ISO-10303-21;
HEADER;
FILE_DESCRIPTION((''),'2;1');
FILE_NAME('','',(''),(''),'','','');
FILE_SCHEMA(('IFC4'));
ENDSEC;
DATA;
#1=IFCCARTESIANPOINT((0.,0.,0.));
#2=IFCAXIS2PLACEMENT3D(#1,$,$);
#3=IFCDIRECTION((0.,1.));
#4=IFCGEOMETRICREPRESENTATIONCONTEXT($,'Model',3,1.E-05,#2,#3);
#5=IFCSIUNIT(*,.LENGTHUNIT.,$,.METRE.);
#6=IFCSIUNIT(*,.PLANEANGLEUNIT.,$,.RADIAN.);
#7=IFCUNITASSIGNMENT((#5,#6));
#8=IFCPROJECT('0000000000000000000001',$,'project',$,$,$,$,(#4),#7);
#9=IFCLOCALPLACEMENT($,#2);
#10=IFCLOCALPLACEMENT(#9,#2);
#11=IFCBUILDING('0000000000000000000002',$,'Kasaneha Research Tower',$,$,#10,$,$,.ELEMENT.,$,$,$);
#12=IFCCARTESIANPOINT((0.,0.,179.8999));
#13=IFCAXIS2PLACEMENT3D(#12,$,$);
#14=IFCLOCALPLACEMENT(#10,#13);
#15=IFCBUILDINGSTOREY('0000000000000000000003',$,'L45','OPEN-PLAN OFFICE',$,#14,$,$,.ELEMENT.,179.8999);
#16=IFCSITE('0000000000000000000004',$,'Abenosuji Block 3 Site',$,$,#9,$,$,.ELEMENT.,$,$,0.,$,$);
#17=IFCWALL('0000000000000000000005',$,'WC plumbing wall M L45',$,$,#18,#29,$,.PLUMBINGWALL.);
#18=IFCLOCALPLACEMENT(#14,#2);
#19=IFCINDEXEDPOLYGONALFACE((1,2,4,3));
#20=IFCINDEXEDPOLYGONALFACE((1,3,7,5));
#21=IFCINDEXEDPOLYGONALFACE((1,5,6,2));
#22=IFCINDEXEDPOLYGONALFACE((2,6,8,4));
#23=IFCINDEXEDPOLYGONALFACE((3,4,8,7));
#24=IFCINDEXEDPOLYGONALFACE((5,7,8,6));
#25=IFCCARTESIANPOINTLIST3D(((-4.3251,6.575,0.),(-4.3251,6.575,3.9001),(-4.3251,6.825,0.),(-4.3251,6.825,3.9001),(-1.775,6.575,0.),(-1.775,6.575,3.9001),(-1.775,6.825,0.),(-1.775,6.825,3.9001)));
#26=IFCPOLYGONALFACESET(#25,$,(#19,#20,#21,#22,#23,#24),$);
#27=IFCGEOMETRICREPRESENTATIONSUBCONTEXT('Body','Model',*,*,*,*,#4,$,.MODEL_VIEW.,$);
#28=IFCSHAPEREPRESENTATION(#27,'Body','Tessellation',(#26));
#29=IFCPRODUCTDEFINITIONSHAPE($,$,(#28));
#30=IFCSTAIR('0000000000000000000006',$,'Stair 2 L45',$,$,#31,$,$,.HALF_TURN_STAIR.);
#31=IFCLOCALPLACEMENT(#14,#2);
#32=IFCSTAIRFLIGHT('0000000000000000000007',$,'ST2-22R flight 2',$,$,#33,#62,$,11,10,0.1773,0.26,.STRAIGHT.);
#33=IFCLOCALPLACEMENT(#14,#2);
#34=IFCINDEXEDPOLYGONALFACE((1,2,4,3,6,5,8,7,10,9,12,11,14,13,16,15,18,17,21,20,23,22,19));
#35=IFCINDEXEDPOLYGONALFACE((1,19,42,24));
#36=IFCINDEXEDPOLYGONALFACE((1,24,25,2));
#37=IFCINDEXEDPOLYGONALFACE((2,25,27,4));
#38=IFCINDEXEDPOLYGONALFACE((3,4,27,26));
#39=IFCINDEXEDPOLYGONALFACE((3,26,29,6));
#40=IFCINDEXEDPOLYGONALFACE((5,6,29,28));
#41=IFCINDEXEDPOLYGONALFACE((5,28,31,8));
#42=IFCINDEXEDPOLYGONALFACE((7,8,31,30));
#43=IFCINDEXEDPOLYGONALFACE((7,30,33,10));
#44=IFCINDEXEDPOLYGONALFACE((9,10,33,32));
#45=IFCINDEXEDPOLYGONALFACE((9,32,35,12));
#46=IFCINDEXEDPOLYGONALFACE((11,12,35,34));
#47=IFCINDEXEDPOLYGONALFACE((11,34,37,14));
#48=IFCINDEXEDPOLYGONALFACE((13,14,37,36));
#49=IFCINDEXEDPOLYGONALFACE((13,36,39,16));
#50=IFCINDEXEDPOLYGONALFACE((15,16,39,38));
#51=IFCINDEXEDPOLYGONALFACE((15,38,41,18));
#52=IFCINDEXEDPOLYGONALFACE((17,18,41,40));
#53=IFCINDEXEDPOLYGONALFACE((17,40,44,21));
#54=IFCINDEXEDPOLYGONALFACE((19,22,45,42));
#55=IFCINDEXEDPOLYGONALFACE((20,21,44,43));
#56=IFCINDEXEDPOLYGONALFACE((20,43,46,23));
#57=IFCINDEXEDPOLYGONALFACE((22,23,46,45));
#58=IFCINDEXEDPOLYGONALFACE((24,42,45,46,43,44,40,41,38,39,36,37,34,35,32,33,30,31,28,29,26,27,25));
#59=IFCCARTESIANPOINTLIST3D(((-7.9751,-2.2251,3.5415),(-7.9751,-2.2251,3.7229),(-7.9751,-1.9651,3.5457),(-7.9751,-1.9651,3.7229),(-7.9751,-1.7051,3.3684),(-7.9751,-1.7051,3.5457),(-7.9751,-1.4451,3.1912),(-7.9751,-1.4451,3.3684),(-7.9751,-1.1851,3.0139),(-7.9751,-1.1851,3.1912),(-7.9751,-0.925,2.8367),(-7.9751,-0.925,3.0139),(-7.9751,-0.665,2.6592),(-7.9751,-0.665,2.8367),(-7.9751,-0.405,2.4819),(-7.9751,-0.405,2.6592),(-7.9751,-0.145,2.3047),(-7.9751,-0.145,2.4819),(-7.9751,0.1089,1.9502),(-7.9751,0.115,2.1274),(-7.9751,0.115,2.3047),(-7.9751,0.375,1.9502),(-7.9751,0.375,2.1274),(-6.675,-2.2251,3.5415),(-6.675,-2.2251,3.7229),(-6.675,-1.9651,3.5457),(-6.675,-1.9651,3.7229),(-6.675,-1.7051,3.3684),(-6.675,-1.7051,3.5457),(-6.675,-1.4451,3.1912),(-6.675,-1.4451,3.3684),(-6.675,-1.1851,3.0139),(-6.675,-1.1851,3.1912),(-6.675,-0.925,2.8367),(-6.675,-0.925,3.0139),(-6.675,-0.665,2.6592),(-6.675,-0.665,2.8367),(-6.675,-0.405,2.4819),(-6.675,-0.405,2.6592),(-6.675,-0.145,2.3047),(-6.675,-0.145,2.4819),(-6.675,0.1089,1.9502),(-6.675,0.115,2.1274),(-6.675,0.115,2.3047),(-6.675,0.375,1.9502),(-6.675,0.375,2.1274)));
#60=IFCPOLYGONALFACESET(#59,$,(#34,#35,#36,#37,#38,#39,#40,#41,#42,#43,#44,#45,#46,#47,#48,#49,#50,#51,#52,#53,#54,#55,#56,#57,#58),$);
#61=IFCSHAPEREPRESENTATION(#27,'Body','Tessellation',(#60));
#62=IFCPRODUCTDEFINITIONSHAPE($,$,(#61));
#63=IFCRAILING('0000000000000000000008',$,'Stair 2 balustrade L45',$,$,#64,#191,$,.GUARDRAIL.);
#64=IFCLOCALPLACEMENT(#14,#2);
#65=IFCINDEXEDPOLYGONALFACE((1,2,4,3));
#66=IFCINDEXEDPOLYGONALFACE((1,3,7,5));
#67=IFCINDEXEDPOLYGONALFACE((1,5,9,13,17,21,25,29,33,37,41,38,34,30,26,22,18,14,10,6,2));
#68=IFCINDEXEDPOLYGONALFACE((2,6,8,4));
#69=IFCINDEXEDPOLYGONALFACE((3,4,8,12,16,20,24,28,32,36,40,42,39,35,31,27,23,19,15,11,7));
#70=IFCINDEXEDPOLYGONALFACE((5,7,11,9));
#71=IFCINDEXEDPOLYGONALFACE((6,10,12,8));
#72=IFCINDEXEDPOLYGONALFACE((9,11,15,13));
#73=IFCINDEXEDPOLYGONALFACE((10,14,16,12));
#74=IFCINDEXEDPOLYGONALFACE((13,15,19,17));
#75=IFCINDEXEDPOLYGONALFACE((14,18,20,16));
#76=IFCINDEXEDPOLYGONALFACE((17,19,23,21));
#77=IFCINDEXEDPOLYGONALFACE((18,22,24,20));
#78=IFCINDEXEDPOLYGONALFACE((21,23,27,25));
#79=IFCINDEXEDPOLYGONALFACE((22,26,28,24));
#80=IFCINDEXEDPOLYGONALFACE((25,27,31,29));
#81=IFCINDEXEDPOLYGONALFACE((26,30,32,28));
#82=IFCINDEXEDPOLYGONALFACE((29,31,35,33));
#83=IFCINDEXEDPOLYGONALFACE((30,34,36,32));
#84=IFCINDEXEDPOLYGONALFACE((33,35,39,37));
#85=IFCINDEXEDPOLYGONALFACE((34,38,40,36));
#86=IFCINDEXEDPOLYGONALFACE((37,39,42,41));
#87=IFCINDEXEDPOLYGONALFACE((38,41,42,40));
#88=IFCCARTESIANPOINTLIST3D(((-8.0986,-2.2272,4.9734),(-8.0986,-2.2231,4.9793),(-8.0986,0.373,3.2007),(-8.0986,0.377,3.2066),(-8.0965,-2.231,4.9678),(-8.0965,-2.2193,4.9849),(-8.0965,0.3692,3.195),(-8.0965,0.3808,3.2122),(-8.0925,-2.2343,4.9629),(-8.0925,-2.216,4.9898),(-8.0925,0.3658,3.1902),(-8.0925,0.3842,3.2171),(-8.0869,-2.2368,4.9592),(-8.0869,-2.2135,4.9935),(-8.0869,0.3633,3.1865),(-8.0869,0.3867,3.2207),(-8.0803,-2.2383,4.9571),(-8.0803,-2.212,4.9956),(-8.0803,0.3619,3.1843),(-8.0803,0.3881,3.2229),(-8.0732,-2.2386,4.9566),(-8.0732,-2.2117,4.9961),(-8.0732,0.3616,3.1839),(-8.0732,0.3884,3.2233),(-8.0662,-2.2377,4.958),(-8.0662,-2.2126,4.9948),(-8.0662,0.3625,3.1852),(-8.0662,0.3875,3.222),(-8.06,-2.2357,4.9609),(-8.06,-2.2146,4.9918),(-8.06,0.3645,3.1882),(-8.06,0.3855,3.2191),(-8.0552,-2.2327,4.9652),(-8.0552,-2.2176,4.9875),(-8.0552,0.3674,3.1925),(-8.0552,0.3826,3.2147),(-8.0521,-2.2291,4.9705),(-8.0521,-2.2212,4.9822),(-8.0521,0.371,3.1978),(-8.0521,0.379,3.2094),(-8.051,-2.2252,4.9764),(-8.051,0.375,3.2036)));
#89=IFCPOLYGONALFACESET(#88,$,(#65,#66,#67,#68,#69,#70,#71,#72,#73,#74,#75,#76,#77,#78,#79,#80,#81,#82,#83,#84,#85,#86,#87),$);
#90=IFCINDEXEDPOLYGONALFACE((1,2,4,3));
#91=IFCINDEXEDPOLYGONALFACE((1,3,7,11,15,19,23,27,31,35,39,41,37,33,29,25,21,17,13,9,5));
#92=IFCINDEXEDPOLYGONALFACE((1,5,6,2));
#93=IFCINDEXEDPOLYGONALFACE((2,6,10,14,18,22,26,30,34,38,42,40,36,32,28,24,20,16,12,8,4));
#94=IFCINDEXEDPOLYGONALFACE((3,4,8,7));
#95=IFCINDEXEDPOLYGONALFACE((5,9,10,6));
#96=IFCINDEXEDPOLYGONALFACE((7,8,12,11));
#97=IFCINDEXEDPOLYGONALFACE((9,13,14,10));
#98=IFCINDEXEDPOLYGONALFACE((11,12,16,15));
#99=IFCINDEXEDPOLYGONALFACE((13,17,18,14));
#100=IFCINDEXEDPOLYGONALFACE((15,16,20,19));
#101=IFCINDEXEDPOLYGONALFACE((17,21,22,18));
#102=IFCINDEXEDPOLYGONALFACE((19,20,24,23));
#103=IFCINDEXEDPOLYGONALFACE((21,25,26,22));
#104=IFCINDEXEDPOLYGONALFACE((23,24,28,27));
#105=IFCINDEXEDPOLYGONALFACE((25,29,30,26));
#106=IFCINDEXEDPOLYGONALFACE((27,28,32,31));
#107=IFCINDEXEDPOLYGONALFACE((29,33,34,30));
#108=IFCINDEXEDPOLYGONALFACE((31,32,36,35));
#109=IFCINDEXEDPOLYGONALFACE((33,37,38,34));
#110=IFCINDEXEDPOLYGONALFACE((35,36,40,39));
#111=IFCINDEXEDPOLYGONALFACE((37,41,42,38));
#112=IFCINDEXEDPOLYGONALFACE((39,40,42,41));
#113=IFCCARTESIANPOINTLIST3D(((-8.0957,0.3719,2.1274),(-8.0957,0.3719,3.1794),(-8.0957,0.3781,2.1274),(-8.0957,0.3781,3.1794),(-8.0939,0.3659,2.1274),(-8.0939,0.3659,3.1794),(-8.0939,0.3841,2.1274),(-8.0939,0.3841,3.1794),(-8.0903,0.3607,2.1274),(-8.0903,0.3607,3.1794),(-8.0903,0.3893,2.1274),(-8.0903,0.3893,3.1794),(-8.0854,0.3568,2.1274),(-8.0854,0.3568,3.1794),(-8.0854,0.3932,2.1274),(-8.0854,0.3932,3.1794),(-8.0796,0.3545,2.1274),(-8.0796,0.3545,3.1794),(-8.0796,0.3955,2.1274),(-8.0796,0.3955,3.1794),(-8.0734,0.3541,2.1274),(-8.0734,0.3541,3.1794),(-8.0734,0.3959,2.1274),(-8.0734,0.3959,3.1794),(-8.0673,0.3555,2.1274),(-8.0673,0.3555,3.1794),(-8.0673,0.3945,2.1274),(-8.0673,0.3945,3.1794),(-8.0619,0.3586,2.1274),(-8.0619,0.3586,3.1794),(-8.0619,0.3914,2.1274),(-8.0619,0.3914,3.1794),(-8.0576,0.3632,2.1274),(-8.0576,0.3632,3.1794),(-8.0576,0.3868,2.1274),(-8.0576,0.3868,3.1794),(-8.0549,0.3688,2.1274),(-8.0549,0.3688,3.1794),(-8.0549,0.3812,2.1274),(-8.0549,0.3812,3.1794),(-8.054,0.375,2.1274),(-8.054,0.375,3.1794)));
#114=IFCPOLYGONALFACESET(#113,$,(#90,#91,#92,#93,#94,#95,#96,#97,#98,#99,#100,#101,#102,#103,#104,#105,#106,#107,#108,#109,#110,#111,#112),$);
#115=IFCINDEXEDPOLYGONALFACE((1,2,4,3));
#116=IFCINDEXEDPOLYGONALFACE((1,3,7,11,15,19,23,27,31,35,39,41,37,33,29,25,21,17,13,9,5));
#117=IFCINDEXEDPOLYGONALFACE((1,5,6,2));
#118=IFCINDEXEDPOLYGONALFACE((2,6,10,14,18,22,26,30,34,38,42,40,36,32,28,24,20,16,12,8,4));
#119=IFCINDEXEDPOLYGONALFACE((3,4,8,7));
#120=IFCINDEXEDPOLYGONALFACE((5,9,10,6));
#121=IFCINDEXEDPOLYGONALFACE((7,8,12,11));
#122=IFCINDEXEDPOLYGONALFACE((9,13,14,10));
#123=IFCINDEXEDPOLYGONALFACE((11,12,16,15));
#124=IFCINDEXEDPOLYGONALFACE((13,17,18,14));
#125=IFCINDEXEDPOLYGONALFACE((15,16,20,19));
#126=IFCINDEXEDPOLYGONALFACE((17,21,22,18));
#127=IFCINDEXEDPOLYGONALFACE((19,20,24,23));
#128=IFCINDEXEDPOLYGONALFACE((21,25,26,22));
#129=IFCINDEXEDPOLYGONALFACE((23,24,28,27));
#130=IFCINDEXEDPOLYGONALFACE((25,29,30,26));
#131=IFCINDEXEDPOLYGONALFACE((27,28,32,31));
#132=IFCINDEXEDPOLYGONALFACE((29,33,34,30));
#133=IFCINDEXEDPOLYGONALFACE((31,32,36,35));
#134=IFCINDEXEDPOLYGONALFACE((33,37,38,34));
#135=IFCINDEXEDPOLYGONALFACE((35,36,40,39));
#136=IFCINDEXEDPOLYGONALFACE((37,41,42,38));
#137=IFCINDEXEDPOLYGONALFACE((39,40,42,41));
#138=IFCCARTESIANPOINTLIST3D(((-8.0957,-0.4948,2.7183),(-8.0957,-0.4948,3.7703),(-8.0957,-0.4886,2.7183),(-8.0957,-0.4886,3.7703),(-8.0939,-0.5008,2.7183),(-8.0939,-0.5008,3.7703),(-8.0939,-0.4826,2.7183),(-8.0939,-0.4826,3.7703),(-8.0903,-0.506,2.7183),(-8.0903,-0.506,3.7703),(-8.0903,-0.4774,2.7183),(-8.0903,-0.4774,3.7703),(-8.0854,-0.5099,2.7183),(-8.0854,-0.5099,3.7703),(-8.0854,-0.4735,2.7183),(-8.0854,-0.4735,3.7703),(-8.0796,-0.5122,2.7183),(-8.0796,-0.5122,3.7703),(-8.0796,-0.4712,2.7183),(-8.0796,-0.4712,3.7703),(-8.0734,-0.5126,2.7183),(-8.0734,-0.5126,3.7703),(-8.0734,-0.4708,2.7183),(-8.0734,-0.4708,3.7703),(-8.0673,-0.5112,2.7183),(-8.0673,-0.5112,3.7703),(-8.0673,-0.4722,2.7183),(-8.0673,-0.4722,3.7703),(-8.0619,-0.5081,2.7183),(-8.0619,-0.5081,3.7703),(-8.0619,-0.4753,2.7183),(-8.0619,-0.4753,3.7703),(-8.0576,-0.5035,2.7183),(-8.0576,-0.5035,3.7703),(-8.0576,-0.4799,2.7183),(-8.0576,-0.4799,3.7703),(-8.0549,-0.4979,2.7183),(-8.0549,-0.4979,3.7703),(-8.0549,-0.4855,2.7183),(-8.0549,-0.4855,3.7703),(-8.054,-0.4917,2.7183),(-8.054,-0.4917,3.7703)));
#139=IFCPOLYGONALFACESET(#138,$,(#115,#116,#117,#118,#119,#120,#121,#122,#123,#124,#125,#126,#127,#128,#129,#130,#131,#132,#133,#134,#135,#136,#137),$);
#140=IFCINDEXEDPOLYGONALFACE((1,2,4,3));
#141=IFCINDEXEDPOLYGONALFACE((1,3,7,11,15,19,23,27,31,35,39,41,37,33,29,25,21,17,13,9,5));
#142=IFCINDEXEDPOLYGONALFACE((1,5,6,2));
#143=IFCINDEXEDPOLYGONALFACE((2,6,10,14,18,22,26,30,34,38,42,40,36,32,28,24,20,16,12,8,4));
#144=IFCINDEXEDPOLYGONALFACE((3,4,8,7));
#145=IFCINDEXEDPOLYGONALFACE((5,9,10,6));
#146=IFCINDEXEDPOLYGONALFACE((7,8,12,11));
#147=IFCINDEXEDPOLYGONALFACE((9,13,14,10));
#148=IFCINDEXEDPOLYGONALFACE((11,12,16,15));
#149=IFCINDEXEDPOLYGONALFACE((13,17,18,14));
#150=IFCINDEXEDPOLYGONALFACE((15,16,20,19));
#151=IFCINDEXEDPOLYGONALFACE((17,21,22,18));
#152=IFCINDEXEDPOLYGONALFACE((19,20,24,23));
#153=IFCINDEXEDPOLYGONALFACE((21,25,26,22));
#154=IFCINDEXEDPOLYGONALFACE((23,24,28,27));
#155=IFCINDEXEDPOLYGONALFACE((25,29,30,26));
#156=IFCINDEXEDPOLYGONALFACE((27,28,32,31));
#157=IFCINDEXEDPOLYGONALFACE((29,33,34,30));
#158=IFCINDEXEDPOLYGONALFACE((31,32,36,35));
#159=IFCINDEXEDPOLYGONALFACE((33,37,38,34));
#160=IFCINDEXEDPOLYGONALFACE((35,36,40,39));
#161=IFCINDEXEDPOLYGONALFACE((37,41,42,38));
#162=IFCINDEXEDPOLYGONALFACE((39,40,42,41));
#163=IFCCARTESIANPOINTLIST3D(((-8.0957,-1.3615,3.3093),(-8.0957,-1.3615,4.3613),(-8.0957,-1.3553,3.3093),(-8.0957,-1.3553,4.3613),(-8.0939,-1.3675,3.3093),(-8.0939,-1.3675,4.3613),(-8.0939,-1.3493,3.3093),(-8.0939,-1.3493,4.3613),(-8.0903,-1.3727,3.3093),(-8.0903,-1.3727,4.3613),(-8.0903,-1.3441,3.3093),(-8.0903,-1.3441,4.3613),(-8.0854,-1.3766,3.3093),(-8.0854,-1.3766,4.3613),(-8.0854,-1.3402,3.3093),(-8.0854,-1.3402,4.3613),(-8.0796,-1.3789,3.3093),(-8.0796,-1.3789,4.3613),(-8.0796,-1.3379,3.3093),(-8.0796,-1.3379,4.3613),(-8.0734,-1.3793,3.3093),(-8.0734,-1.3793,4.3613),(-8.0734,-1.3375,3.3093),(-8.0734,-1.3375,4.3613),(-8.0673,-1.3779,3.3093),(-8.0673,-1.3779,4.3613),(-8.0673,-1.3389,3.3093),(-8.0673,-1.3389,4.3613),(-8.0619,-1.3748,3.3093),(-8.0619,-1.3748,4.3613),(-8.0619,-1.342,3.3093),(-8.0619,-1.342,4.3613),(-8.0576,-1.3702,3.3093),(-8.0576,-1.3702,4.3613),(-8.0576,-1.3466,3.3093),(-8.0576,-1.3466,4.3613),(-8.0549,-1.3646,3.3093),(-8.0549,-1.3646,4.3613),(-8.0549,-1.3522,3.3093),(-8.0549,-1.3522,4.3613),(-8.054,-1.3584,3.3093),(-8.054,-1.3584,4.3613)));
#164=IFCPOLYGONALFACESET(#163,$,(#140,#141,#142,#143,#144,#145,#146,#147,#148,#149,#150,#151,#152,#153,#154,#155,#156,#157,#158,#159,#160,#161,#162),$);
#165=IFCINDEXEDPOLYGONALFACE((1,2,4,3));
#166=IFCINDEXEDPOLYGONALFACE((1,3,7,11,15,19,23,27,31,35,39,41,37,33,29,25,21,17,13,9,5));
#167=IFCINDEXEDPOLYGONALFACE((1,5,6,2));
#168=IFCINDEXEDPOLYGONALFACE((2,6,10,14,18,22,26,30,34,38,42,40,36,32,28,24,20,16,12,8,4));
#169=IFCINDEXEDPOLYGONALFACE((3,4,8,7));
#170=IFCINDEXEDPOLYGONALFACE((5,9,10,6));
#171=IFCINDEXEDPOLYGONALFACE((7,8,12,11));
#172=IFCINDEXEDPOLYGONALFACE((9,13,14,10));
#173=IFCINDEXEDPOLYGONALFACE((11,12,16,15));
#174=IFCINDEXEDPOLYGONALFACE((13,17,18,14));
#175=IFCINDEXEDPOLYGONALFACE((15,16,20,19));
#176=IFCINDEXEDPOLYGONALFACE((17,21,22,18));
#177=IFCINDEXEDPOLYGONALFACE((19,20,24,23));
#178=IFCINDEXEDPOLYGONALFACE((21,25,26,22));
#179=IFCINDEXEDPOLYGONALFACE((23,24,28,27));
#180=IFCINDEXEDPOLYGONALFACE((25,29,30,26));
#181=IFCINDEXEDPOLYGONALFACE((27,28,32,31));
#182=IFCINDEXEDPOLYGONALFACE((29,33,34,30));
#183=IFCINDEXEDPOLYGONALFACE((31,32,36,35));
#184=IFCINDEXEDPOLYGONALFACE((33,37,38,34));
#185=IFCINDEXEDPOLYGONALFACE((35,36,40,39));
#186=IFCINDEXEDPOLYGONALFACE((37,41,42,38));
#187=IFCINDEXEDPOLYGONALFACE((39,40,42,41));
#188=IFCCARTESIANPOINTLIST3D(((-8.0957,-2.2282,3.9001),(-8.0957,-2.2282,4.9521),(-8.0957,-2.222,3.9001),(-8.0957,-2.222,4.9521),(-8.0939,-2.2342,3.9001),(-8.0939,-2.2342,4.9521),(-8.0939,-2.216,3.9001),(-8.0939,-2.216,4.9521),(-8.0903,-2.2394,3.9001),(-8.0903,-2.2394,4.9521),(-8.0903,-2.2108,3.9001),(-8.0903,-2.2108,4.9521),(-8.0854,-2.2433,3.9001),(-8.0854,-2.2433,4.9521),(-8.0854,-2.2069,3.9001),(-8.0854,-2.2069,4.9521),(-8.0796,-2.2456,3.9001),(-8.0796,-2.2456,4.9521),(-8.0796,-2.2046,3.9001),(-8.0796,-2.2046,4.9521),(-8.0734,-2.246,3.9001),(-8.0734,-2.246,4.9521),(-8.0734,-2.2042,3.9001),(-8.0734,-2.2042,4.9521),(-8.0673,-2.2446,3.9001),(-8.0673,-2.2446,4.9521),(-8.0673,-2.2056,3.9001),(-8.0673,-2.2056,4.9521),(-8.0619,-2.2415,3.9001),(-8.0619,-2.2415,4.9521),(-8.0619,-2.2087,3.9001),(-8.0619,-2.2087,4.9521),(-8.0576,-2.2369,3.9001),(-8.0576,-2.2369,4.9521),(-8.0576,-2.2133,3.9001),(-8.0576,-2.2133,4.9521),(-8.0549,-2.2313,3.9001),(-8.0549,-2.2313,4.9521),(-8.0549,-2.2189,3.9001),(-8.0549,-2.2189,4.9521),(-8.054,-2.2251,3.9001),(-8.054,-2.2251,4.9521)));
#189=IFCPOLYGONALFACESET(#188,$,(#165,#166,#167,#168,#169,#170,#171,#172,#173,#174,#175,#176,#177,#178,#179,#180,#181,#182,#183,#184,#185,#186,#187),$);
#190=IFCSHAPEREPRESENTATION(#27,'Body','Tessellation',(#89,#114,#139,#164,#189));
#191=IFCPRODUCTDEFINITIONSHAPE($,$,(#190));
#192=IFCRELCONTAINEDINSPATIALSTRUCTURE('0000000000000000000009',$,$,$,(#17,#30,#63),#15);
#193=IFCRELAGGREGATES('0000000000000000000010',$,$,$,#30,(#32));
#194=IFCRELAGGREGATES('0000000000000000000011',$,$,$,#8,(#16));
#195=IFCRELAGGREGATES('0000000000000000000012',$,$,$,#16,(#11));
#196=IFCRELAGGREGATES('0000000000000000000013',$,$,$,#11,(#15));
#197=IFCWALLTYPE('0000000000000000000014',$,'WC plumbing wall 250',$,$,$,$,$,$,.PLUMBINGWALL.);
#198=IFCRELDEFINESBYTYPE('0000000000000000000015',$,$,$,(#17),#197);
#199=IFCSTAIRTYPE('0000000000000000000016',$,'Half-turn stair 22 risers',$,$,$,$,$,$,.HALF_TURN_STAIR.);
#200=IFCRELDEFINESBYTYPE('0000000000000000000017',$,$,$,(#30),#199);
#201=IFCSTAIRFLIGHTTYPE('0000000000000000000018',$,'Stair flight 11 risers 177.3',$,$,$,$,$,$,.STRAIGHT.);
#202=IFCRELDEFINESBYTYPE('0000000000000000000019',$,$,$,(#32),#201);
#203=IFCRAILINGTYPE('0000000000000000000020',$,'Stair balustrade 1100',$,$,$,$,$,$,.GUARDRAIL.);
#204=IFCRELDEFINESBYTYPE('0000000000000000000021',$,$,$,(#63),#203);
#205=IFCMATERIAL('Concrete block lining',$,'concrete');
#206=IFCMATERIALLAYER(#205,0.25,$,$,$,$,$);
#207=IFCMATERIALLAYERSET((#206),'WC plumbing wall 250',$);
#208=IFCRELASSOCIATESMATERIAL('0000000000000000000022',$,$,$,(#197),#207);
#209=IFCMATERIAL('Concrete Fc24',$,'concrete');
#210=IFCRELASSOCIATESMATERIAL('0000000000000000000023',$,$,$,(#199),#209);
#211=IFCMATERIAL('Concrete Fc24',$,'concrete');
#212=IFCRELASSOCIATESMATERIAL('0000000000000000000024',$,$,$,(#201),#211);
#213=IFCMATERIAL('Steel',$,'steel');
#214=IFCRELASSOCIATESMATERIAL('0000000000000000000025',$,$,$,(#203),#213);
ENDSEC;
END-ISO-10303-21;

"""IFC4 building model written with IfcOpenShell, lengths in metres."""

from ifc_helpers import new_model, si_unit, direction, frame, frame_2d, origin, origin_2d, place, context, subcontext, project, spatial, polyline, rectangle, circle, outline, extrude, material, layer, layer_set, type_object, element, aggregate, save


model = new_model("IFC4")

# Units and contexts
model_context = context("Model", 3, precision=1e-05, world=origin(), true_north=direction((0.0, 1.0)))
body_context = subcontext(model_context, "Body", "Model", "MODEL_VIEW")
ifc_project = project(units=[si_unit("LENGTHUNIT", "METRE"), si_unit("PLANEANGLEUNIT", "RADIAN")], contexts=[model_context])

# Site, building, storey
site_placement = place(None, origin())
site = spatial("IfcSite", under=ifc_project, at=site_placement, Name="Abenosuji Block 3 Site", CompositionType="ELEMENT", RefElevation=0.0)
building_placement = place(site_placement, origin())
building = spatial("IfcBuilding", under=site, at=building_placement, Name="Kasaneha Research Tower", CompositionType="ELEMENT")
storey_placement = place(building_placement, frame((0.0, 0.0, 179.8999)))
storey = spatial("IfcBuildingStorey", under=building, at=storey_placement, Name="L45", Description="OPEN-PLAN OFFICE", CompositionType="ELEMENT", Elevation=179.8999)

# Wall
ifc_material_1 = material(Name="Concrete block lining", Category="concrete")
ifc_layer_1 = layer(ifc_material_1, 0.25)
ifc_layer_set_1 = layer_set([ifc_layer_1], Name="WC plumbing wall 250")
wall_type_1 = type_object("IfcWallType", Name="WC plumbing wall 250", PredefinedType="PLUMBINGWALL", material=ifc_layer_set_1)
wall_1_placement = place(storey_placement, frame((-4.325, 6.7, 0.0), z_axis=(0.0, 0.0, 1.0), x_axis=(1.0, 0.0, 0.0)))
element("IfcWall", 1, at=wall_1_placement, inside=storey, type_object=wall_type_1, Name="WC plumbing wall M L45", PredefinedType="PLUMBINGWALL", context=body_context, shape_type="SweptSolid", body=[
    extrude(rectangle(XDim=2.55, YDim=0.25, at=frame_2d((1.2749, 0.0))), origin(), (0.0, 0.0, 1.0), 3.9001),
])

# Stair, stair flight
ifc_material_2 = material(Name="Concrete Fc24", Category="concrete")
stair_type = type_object("IfcStairType", Name="Half-turn stair 22 risers", PredefinedType="HALF_TURN_STAIR", material=ifc_material_2)
stair_placement = place(storey_placement, origin())
stair = element("IfcStair", 2, at=stair_placement, inside=storey, type_object=stair_type, Name="Stair 2 L45", PredefinedType="HALF_TURN_STAIR")
ifc_material_3 = material(Name="Concrete Fc24", Category="concrete")
stair_flight_type = type_object("IfcStairFlightType", Name="Stair flight 11 risers 177.3", PredefinedType="STRAIGHT", material=ifc_material_3)
stair_flight_placement = place(storey_placement, frame((-7.325, 0.375, 1.9502), z_axis=(0.0, 0.0, 1.0), x_axis=(0.0, -1.0, 0.0)))
stair_flight = element("IfcStairFlight", 3, at=stair_flight_placement, type_object=stair_flight_type, Name="ST2-22R flight 2", NumberOfRisers=11, NumberOfTreads=10, PredefinedType="STRAIGHT", RiserHeight=0.1773, TreadLength=0.26, context=body_context, shape_type="SweptSolid", body=[
    extrude(outline(polyline([(0.0, 0.0), (0.0, 0.1772), (0.26, 0.1772), (0.26, 0.3545), (0.52, 0.3545), (0.52, 0.5317), (0.78, 0.5317), (0.78, 0.709), (1.04, 0.709), (1.04, 0.8865), (1.3, 0.8865), (1.3, 1.0637), (1.5601, 1.0637), (1.5601, 1.241), (1.8201, 1.241), (1.8201, 1.4182), (2.0801, 1.4182), (2.0801, 1.5955), (2.3401, 1.5955), (2.3401, 1.7727), (2.6001, 1.7727), (2.6001, 1.95), (2.6001, 1.5913), (0.2661, 0.0), (0.0, 0.0)])), frame((0.0, 0.6499, 0.0), z_axis=(0.0, -1.0, 0.0), x_axis=(1.0, 0.0, 0.0)), (0.0, 0.0, 1.0), 1.3),
])
aggregate(stair, [stair_flight])

# Railing
ifc_material_4 = material(Name="Steel", Category="steel")
railing_type_1 = type_object("IfcRailingType", Name="Stair balustrade 1100", PredefinedType="GUARDRAIL", material=ifc_material_4)
railing_1_placement = place(storey_placement, frame((-8.075, 0.375, 2.1274)))
element("IfcRailing", 4, at=railing_1_placement, inside=storey, type_object=railing_type_1, Name="Stair 2 balustrade L45", PredefinedType="GUARDRAIL", context=body_context, shape_type="SweptSolid", body=[
    extrude(circle(Radius=0.0239, at=origin_2d()), frame((0.0, 0.0, 1.0762), z_axis=(0.0, -0.82624, 0.563318), x_axis=(1.0, 0.0, 0.0)), (0.0, 0.0, 1.0), 3.147),
    extrude(circle(Radius=0.021, at=origin_2d()), origin(), (0.0, 0.0, 1.0), 1.052),
    extrude(circle(Radius=0.021, at=origin_2d()), frame((0.0, -0.8667, 0.5908)), (0.0, 0.0, 1.0), 1.052),
    extrude(circle(Radius=0.021, at=origin_2d()), frame((0.0, -1.7334, 1.1819)), (0.0, 0.0, 1.0), 1.052),
    extrude(circle(Radius=0.021, at=origin_2d()), frame((0.0, -2.6001, 1.7727)), (0.0, 0.0, 1.0), 1.052),
])

save(model, "model.ifc")
